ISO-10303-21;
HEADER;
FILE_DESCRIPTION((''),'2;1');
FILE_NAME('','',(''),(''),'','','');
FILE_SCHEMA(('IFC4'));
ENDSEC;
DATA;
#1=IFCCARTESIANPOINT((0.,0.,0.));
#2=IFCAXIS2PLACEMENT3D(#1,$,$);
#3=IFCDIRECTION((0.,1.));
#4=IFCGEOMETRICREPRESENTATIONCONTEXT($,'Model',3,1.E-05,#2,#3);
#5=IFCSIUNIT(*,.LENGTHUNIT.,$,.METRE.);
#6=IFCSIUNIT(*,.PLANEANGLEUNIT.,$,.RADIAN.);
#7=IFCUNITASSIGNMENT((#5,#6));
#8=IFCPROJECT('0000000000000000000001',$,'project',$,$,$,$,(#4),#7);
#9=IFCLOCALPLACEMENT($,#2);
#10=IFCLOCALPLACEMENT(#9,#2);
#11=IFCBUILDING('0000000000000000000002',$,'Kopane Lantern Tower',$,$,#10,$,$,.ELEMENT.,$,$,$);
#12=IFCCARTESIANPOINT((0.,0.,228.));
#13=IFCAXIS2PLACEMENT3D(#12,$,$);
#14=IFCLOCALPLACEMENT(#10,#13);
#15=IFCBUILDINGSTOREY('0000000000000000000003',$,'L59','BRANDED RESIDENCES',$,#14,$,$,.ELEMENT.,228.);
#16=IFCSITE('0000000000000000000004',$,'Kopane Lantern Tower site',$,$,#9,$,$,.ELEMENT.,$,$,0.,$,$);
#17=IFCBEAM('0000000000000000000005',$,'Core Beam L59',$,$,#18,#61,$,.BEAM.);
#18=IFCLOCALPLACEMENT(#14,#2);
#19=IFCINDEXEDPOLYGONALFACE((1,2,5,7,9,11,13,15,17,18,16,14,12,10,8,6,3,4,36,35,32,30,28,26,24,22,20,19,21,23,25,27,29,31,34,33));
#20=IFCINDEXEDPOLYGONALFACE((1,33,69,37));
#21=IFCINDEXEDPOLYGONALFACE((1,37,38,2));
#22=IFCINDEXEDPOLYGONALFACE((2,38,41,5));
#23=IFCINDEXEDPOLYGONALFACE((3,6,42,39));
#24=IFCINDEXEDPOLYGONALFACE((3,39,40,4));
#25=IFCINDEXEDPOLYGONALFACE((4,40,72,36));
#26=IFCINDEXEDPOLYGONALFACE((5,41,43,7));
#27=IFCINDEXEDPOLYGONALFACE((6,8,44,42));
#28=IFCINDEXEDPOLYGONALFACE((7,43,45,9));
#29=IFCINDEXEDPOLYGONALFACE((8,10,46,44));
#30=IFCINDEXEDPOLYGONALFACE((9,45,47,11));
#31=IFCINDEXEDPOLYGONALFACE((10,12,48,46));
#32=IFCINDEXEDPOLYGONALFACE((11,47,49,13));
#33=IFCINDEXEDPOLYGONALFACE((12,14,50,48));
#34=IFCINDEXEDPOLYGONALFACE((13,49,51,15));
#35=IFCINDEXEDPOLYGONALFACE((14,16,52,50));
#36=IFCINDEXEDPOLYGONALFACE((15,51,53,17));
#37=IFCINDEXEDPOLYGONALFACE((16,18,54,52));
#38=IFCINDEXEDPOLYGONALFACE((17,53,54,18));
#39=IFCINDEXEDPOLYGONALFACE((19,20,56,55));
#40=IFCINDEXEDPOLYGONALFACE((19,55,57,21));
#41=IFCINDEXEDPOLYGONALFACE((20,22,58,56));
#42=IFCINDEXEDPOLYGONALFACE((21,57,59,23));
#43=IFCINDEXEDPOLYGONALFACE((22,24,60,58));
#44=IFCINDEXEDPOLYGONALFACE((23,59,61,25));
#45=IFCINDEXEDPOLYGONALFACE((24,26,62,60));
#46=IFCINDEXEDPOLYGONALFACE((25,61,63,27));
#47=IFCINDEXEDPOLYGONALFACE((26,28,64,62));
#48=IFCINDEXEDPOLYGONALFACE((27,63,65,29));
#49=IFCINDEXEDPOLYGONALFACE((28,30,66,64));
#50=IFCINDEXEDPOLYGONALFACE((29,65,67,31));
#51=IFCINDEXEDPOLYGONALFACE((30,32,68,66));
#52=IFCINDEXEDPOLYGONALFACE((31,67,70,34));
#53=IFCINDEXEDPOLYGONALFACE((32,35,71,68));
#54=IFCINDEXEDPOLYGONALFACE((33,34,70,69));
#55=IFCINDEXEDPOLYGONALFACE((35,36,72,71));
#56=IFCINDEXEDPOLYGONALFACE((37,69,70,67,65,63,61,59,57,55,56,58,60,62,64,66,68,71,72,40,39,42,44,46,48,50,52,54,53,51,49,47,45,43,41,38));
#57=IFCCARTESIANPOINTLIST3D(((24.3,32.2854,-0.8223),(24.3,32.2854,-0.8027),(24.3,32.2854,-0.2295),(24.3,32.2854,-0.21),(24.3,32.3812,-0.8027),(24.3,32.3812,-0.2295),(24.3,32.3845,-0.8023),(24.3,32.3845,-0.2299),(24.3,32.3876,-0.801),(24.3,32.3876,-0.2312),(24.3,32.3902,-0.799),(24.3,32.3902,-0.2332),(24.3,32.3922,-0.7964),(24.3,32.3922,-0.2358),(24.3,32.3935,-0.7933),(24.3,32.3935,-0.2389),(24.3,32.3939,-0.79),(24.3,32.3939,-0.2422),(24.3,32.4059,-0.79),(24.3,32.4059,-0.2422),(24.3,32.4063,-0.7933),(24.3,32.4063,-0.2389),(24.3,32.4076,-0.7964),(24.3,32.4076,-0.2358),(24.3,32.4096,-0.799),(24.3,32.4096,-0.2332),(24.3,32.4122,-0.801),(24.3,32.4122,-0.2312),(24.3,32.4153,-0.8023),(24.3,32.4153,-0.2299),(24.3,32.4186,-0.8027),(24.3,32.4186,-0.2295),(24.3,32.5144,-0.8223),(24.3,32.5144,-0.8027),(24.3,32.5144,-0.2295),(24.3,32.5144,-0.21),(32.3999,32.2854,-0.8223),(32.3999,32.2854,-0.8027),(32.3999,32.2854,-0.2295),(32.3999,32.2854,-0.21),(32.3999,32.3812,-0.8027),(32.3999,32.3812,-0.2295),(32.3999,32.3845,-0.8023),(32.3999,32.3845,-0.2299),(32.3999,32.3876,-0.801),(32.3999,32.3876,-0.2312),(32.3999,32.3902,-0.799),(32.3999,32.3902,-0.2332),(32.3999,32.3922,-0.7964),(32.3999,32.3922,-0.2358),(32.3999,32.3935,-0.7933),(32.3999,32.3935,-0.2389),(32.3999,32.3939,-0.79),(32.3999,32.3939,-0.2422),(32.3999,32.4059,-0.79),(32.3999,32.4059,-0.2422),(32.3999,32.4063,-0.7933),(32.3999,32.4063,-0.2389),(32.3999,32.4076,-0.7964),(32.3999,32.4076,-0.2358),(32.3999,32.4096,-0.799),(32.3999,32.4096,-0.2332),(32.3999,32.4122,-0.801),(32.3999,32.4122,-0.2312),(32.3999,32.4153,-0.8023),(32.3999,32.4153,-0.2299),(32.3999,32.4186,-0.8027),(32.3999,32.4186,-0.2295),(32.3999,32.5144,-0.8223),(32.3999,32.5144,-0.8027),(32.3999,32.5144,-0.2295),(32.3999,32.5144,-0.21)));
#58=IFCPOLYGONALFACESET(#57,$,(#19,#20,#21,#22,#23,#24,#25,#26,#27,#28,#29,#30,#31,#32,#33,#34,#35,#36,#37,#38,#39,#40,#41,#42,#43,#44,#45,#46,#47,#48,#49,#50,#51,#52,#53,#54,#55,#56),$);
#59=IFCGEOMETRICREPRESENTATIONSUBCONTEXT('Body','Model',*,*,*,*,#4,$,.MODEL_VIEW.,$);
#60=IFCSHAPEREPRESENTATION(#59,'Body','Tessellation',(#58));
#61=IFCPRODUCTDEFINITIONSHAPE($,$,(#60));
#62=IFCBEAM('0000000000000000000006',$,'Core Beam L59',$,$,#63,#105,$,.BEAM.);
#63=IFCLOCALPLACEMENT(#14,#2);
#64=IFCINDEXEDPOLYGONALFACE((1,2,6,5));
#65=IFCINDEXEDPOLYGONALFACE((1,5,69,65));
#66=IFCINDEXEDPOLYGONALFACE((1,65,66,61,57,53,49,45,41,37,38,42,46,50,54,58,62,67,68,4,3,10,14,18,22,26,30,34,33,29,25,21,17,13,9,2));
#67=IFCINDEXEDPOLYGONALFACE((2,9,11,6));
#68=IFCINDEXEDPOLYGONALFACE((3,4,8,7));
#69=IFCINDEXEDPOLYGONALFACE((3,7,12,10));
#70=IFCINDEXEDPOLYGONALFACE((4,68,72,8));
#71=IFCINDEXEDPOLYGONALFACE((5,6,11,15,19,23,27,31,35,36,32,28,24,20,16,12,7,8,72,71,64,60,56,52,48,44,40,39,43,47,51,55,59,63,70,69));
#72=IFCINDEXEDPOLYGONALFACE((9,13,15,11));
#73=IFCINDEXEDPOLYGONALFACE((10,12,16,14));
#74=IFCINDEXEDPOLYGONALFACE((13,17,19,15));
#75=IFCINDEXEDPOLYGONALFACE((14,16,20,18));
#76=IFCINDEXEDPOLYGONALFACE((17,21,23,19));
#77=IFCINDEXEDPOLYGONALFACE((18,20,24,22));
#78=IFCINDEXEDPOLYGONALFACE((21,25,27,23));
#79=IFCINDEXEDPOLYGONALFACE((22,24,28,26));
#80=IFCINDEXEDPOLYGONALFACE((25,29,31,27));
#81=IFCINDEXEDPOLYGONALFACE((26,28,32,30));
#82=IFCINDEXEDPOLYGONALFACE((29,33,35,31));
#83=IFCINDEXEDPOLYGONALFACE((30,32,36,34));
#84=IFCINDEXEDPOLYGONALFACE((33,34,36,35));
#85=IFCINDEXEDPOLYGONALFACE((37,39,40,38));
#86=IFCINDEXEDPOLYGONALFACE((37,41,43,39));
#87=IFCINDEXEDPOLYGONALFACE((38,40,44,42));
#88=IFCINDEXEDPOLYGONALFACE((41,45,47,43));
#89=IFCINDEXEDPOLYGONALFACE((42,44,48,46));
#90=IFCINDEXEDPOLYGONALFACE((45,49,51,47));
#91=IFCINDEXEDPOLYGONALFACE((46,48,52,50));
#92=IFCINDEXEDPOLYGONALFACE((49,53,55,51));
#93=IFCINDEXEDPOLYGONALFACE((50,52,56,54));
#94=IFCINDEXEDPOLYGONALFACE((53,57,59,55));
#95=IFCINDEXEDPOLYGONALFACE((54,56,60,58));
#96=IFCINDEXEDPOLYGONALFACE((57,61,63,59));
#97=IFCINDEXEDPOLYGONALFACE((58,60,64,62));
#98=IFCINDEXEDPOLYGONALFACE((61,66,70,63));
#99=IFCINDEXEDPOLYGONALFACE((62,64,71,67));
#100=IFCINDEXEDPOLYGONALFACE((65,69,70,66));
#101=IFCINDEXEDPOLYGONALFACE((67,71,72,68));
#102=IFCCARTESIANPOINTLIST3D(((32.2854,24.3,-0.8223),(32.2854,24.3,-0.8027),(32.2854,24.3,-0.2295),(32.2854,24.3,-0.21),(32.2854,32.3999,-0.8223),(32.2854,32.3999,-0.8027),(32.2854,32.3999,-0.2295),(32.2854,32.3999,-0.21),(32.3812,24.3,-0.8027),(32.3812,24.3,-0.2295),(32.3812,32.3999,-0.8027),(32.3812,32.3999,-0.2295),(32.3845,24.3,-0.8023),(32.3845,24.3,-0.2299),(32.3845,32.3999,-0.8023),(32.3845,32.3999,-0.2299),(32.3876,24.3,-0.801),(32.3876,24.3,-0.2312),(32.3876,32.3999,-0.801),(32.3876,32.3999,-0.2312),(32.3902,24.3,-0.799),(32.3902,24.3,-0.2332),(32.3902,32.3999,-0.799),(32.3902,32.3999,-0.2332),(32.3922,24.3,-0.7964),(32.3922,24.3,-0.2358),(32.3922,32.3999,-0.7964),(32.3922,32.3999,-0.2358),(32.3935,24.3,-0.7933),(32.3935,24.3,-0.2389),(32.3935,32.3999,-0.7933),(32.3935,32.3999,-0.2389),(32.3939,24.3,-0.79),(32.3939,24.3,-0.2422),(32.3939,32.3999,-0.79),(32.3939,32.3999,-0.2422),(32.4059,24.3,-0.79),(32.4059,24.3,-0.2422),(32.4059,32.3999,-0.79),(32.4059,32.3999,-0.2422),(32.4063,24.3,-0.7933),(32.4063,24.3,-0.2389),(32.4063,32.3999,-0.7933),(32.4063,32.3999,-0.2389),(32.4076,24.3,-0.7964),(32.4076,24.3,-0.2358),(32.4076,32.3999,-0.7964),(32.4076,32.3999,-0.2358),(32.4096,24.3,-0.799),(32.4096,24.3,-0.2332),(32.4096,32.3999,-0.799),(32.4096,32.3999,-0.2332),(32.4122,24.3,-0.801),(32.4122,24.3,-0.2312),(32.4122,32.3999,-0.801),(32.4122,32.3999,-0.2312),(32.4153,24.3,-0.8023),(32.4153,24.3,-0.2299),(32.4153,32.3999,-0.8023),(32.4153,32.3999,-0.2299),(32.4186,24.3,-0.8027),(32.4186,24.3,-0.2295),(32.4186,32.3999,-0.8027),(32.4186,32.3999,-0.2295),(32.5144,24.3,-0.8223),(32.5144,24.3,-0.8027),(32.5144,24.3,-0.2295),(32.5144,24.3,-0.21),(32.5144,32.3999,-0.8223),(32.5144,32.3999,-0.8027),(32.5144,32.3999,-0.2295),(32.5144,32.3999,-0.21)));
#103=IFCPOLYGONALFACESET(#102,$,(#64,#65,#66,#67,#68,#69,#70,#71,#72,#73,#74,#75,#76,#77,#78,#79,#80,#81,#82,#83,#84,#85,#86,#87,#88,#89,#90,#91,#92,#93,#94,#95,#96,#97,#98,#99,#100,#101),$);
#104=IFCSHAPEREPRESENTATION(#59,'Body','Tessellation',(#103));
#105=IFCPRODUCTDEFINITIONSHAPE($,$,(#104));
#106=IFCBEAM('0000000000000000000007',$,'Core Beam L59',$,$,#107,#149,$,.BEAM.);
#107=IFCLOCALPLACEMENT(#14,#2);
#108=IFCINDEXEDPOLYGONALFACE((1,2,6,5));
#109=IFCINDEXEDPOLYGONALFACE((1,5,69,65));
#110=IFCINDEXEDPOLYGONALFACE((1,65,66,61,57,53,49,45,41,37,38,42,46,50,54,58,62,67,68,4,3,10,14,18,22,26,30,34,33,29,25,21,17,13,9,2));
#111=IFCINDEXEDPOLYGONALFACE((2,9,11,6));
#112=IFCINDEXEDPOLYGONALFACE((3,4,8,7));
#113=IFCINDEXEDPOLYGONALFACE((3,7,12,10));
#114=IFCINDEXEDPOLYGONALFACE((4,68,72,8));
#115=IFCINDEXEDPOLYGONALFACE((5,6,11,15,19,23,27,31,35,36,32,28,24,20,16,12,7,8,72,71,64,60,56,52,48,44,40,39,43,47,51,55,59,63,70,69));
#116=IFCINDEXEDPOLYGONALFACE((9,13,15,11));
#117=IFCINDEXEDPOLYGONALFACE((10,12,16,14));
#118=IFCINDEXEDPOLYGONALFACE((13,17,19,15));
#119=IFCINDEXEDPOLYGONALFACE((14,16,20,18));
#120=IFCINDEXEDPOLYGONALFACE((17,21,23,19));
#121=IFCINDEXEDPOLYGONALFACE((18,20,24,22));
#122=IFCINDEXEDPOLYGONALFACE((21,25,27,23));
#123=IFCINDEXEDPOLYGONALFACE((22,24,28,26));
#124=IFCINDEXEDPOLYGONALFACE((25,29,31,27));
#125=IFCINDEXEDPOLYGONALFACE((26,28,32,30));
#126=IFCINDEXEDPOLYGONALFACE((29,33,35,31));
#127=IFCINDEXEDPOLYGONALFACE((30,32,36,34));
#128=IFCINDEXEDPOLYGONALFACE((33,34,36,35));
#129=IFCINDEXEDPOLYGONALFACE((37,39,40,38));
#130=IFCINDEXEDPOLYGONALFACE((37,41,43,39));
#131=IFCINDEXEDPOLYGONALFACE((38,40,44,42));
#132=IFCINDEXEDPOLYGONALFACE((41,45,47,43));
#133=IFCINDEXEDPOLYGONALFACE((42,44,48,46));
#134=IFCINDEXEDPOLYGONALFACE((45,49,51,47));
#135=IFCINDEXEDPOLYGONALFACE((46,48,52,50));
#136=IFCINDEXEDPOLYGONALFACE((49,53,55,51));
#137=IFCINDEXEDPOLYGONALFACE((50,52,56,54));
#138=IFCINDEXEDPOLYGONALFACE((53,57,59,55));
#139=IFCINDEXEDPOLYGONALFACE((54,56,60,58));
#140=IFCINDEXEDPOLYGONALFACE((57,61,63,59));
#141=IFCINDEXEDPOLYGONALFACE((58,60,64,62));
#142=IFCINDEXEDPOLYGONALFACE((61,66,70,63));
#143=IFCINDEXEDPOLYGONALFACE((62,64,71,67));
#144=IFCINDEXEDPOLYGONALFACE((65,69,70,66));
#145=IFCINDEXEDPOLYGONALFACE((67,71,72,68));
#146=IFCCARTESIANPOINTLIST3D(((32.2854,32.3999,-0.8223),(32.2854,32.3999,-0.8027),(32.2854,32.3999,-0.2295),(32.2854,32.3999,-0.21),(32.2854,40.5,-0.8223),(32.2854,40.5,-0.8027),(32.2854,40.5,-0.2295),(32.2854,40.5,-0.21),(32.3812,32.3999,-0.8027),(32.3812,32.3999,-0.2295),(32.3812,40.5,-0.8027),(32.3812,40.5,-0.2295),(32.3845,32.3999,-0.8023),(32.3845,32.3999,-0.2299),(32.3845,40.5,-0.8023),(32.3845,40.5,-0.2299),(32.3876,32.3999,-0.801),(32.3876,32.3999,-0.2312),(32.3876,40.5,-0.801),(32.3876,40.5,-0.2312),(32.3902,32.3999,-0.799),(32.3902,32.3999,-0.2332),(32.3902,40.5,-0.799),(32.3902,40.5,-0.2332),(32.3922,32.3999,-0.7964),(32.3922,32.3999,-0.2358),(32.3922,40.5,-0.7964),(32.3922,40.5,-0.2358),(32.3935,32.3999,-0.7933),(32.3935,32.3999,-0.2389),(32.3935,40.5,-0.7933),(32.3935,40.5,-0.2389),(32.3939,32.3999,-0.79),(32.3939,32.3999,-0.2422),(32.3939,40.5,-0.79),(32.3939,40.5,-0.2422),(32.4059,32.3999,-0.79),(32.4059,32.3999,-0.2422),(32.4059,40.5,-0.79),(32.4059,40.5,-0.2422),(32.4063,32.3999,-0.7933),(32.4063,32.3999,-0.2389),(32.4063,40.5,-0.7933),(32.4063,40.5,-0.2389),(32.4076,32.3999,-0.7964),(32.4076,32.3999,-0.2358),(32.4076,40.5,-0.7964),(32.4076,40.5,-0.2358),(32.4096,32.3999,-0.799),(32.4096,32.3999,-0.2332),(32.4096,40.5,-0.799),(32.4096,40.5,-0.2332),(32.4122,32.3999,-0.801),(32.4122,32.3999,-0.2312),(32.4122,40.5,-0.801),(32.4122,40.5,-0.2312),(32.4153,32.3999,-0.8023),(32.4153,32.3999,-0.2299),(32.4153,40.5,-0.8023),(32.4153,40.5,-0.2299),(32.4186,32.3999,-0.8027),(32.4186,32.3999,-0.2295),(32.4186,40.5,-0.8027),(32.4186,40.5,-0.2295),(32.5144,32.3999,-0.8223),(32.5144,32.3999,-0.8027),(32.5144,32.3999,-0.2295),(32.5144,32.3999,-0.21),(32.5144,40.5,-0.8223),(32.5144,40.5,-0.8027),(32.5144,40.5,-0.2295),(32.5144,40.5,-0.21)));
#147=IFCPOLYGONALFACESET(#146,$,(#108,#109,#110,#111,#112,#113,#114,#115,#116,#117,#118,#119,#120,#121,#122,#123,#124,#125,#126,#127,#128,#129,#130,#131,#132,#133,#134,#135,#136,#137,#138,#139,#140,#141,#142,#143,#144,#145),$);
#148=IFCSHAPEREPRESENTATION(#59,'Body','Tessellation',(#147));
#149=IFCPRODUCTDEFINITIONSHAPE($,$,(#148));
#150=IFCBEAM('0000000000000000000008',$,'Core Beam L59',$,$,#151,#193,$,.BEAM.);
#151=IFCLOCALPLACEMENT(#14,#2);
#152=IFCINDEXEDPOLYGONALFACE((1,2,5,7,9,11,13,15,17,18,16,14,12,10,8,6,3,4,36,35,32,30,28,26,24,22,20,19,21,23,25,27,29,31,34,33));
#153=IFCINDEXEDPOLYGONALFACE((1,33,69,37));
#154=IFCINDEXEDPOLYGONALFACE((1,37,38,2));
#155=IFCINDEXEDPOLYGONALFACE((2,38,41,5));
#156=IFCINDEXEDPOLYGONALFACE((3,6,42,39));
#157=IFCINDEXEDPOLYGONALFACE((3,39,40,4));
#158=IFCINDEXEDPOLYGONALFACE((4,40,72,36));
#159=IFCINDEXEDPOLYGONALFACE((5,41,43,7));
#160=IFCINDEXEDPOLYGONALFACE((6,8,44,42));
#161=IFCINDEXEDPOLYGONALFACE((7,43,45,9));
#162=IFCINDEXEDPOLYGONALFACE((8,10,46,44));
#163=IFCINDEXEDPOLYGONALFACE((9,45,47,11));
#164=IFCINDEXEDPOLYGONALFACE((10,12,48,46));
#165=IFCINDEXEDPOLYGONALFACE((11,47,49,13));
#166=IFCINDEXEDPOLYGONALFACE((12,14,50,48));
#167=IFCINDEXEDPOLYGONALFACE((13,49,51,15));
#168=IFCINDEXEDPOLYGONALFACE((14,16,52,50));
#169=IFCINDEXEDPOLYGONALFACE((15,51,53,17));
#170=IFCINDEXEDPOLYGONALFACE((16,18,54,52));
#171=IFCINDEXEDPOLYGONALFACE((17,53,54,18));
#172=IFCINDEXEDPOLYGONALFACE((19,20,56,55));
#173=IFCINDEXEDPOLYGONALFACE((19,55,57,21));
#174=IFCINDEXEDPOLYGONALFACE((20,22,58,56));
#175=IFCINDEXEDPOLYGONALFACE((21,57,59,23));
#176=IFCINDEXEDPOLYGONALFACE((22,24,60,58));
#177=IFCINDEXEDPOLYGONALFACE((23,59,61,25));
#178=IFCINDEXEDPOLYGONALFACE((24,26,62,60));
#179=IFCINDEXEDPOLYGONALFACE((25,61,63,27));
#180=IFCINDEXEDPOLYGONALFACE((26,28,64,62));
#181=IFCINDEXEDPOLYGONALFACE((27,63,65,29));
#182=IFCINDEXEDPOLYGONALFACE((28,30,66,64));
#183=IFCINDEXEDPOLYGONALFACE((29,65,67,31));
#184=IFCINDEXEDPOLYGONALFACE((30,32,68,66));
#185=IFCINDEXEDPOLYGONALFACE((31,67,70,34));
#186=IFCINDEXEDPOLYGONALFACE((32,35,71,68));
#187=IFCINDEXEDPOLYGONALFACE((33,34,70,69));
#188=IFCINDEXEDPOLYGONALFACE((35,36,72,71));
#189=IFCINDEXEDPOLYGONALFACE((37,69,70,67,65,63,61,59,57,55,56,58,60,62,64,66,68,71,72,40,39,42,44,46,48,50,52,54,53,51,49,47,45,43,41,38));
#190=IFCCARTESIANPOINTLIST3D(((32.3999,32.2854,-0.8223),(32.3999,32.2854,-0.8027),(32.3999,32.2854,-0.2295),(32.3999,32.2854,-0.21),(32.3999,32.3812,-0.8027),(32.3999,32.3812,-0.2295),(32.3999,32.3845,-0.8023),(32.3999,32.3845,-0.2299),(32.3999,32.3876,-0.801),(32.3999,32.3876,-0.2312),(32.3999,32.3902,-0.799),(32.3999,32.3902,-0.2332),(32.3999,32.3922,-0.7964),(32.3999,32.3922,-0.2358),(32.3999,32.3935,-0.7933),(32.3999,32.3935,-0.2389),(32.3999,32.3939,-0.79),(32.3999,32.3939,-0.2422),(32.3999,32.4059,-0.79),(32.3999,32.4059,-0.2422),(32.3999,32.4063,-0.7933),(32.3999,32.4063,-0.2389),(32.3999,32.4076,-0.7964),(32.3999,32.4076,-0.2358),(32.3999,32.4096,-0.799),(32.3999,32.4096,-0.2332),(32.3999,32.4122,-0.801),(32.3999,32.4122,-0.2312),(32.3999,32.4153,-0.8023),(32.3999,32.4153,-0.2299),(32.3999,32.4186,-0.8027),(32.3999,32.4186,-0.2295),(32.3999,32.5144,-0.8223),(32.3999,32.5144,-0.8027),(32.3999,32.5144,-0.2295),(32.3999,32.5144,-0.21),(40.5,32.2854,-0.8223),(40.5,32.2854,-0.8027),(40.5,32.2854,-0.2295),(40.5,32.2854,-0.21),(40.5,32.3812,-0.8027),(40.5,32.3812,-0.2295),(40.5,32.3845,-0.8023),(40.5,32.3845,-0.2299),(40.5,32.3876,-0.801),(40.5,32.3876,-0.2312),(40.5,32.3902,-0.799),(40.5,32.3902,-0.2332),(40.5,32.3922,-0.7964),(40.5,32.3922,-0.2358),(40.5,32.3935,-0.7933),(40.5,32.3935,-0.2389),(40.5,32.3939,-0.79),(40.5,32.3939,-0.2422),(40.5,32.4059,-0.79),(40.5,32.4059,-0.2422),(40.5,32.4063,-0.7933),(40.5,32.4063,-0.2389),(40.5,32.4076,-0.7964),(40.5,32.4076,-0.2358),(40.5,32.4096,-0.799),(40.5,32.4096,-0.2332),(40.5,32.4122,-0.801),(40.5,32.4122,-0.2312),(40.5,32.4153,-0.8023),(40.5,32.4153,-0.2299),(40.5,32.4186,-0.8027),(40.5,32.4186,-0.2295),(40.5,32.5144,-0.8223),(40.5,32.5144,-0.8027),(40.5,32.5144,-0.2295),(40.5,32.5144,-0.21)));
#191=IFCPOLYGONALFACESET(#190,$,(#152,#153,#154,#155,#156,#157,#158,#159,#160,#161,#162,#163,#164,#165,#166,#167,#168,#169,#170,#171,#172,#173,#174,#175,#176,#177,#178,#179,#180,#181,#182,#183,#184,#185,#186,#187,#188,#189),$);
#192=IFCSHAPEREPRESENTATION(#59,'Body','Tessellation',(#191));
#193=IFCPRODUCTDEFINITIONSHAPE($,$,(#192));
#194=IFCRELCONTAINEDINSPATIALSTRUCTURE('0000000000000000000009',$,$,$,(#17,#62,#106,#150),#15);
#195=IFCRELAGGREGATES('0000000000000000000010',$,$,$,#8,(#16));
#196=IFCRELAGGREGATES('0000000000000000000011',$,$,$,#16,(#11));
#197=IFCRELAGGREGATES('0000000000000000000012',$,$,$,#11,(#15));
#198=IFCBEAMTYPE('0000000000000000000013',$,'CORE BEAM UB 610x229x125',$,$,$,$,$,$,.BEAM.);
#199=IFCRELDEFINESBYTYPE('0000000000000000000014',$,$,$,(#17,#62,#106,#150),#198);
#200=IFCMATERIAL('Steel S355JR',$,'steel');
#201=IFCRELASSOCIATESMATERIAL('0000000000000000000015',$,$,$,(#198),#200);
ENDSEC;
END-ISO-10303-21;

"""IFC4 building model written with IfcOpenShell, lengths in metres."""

from ifc_helpers import new_model, si_unit, direction, frame, origin, origin_2d, place, context, subcontext, project, spatial, i_section, extrude, material, material_profile, profile_set, type_object, element, save


model = new_model("IFC4")

# Units and contexts
model_context = context("Model", 3, precision=1e-05, world=origin(), true_north=direction((0.0, 1.0)))
body_context = subcontext(model_context, "Body", "Model", "MODEL_VIEW")
ifc_project = project(units=[si_unit("LENGTHUNIT", "METRE"), si_unit("PLANEANGLEUNIT", "RADIAN")], contexts=[model_context])

# Site, building, storey
site_placement = place(None, origin())
site = spatial("IfcSite", under=ifc_project, at=site_placement, Name="Kopane Lantern Tower site", CompositionType="ELEMENT", RefElevation=0.0)
building_placement = place(site_placement, origin())
building = spatial("IfcBuilding", under=site, at=building_placement, Name="Kopane Lantern Tower", CompositionType="ELEMENT")
storey_placement = place(building_placement, frame((0.0, 0.0, 228.0)))
storey = spatial("IfcBuildingStorey", under=building, at=storey_placement, Name="L59", Description="BRANDED RESIDENCES", CompositionType="ELEMENT", Elevation=228.0)

# Beams
ifc_material_1 = material(Name="Steel S355JR", Category="steel")
ifc_material_profile_1 = material_profile(ifc_material_1, i_section(OverallWidth=0.229, OverallDepth=0.6123, WebThickness=0.012, FlangeThickness=0.0195, FilletRadius=0.0127, at=origin_2d()), Name="UB 610x229x125")
ifc_profile_set_1 = profile_set([ifc_material_profile_1], Name="Steel S355JR")
beam_type_1 = type_object("IfcBeamType", Name="CORE BEAM UB 610x229x125", PredefinedType="BEAM", material=ifc_profile_set_1)
for number, where, z_axis, x_axis, name in (
    (1, (24.3, 32.3999, -0.5161), (1.0, 0.0, 0.0), (0.0, 1.0, 0.0), "Core Beam L59"),
    (2, (32.3999, 24.3, -0.5161), (0.0, 1.0, 0.0), (-1.0, 0.0, 0.0), "Core Beam L59"),
):
    element("IfcBeam", number, at=place(storey_placement, frame(where, z_axis=z_axis, x_axis=x_axis)), inside=storey, type_object=beam_type_1, Name=name, PredefinedType="BEAM", context=body_context, shape_type="SweptSolid", body=[
        extrude(i_section(OverallWidth=0.229, OverallDepth=0.6123, WebThickness=0.012, FlangeThickness=0.0195, FilletRadius=0.0127, at=origin_2d()), origin(), (0.0, 0.0, 1.0), 8.0999),
    ])
for number, where, z_axis, x_axis, name in (
    (3, (32.3999, 32.3999, -0.5161), (0.0, 1.0, 0.0), (-1.0, 0.0, 0.0), "Core Beam L59"),
    (4, (32.3999, 32.3999, -0.5161), (1.0, 0.0, 0.0), (0.0, 1.0, 0.0), "Core Beam L59"),
):
    element("IfcBeam", number, at=place(storey_placement, frame(where, z_axis=z_axis, x_axis=x_axis)), inside=storey, type_object=beam_type_1, Name=name, PredefinedType="BEAM", context=body_context, shape_type="SweptSolid", body=[
        extrude(i_section(OverallWidth=0.229, OverallDepth=0.6123, WebThickness=0.012, FlangeThickness=0.0195, FilletRadius=0.0127, at=origin_2d()), origin(), (0.0, 0.0, 1.0), 8.1001),
    ])

save(model, "model.ifc")
